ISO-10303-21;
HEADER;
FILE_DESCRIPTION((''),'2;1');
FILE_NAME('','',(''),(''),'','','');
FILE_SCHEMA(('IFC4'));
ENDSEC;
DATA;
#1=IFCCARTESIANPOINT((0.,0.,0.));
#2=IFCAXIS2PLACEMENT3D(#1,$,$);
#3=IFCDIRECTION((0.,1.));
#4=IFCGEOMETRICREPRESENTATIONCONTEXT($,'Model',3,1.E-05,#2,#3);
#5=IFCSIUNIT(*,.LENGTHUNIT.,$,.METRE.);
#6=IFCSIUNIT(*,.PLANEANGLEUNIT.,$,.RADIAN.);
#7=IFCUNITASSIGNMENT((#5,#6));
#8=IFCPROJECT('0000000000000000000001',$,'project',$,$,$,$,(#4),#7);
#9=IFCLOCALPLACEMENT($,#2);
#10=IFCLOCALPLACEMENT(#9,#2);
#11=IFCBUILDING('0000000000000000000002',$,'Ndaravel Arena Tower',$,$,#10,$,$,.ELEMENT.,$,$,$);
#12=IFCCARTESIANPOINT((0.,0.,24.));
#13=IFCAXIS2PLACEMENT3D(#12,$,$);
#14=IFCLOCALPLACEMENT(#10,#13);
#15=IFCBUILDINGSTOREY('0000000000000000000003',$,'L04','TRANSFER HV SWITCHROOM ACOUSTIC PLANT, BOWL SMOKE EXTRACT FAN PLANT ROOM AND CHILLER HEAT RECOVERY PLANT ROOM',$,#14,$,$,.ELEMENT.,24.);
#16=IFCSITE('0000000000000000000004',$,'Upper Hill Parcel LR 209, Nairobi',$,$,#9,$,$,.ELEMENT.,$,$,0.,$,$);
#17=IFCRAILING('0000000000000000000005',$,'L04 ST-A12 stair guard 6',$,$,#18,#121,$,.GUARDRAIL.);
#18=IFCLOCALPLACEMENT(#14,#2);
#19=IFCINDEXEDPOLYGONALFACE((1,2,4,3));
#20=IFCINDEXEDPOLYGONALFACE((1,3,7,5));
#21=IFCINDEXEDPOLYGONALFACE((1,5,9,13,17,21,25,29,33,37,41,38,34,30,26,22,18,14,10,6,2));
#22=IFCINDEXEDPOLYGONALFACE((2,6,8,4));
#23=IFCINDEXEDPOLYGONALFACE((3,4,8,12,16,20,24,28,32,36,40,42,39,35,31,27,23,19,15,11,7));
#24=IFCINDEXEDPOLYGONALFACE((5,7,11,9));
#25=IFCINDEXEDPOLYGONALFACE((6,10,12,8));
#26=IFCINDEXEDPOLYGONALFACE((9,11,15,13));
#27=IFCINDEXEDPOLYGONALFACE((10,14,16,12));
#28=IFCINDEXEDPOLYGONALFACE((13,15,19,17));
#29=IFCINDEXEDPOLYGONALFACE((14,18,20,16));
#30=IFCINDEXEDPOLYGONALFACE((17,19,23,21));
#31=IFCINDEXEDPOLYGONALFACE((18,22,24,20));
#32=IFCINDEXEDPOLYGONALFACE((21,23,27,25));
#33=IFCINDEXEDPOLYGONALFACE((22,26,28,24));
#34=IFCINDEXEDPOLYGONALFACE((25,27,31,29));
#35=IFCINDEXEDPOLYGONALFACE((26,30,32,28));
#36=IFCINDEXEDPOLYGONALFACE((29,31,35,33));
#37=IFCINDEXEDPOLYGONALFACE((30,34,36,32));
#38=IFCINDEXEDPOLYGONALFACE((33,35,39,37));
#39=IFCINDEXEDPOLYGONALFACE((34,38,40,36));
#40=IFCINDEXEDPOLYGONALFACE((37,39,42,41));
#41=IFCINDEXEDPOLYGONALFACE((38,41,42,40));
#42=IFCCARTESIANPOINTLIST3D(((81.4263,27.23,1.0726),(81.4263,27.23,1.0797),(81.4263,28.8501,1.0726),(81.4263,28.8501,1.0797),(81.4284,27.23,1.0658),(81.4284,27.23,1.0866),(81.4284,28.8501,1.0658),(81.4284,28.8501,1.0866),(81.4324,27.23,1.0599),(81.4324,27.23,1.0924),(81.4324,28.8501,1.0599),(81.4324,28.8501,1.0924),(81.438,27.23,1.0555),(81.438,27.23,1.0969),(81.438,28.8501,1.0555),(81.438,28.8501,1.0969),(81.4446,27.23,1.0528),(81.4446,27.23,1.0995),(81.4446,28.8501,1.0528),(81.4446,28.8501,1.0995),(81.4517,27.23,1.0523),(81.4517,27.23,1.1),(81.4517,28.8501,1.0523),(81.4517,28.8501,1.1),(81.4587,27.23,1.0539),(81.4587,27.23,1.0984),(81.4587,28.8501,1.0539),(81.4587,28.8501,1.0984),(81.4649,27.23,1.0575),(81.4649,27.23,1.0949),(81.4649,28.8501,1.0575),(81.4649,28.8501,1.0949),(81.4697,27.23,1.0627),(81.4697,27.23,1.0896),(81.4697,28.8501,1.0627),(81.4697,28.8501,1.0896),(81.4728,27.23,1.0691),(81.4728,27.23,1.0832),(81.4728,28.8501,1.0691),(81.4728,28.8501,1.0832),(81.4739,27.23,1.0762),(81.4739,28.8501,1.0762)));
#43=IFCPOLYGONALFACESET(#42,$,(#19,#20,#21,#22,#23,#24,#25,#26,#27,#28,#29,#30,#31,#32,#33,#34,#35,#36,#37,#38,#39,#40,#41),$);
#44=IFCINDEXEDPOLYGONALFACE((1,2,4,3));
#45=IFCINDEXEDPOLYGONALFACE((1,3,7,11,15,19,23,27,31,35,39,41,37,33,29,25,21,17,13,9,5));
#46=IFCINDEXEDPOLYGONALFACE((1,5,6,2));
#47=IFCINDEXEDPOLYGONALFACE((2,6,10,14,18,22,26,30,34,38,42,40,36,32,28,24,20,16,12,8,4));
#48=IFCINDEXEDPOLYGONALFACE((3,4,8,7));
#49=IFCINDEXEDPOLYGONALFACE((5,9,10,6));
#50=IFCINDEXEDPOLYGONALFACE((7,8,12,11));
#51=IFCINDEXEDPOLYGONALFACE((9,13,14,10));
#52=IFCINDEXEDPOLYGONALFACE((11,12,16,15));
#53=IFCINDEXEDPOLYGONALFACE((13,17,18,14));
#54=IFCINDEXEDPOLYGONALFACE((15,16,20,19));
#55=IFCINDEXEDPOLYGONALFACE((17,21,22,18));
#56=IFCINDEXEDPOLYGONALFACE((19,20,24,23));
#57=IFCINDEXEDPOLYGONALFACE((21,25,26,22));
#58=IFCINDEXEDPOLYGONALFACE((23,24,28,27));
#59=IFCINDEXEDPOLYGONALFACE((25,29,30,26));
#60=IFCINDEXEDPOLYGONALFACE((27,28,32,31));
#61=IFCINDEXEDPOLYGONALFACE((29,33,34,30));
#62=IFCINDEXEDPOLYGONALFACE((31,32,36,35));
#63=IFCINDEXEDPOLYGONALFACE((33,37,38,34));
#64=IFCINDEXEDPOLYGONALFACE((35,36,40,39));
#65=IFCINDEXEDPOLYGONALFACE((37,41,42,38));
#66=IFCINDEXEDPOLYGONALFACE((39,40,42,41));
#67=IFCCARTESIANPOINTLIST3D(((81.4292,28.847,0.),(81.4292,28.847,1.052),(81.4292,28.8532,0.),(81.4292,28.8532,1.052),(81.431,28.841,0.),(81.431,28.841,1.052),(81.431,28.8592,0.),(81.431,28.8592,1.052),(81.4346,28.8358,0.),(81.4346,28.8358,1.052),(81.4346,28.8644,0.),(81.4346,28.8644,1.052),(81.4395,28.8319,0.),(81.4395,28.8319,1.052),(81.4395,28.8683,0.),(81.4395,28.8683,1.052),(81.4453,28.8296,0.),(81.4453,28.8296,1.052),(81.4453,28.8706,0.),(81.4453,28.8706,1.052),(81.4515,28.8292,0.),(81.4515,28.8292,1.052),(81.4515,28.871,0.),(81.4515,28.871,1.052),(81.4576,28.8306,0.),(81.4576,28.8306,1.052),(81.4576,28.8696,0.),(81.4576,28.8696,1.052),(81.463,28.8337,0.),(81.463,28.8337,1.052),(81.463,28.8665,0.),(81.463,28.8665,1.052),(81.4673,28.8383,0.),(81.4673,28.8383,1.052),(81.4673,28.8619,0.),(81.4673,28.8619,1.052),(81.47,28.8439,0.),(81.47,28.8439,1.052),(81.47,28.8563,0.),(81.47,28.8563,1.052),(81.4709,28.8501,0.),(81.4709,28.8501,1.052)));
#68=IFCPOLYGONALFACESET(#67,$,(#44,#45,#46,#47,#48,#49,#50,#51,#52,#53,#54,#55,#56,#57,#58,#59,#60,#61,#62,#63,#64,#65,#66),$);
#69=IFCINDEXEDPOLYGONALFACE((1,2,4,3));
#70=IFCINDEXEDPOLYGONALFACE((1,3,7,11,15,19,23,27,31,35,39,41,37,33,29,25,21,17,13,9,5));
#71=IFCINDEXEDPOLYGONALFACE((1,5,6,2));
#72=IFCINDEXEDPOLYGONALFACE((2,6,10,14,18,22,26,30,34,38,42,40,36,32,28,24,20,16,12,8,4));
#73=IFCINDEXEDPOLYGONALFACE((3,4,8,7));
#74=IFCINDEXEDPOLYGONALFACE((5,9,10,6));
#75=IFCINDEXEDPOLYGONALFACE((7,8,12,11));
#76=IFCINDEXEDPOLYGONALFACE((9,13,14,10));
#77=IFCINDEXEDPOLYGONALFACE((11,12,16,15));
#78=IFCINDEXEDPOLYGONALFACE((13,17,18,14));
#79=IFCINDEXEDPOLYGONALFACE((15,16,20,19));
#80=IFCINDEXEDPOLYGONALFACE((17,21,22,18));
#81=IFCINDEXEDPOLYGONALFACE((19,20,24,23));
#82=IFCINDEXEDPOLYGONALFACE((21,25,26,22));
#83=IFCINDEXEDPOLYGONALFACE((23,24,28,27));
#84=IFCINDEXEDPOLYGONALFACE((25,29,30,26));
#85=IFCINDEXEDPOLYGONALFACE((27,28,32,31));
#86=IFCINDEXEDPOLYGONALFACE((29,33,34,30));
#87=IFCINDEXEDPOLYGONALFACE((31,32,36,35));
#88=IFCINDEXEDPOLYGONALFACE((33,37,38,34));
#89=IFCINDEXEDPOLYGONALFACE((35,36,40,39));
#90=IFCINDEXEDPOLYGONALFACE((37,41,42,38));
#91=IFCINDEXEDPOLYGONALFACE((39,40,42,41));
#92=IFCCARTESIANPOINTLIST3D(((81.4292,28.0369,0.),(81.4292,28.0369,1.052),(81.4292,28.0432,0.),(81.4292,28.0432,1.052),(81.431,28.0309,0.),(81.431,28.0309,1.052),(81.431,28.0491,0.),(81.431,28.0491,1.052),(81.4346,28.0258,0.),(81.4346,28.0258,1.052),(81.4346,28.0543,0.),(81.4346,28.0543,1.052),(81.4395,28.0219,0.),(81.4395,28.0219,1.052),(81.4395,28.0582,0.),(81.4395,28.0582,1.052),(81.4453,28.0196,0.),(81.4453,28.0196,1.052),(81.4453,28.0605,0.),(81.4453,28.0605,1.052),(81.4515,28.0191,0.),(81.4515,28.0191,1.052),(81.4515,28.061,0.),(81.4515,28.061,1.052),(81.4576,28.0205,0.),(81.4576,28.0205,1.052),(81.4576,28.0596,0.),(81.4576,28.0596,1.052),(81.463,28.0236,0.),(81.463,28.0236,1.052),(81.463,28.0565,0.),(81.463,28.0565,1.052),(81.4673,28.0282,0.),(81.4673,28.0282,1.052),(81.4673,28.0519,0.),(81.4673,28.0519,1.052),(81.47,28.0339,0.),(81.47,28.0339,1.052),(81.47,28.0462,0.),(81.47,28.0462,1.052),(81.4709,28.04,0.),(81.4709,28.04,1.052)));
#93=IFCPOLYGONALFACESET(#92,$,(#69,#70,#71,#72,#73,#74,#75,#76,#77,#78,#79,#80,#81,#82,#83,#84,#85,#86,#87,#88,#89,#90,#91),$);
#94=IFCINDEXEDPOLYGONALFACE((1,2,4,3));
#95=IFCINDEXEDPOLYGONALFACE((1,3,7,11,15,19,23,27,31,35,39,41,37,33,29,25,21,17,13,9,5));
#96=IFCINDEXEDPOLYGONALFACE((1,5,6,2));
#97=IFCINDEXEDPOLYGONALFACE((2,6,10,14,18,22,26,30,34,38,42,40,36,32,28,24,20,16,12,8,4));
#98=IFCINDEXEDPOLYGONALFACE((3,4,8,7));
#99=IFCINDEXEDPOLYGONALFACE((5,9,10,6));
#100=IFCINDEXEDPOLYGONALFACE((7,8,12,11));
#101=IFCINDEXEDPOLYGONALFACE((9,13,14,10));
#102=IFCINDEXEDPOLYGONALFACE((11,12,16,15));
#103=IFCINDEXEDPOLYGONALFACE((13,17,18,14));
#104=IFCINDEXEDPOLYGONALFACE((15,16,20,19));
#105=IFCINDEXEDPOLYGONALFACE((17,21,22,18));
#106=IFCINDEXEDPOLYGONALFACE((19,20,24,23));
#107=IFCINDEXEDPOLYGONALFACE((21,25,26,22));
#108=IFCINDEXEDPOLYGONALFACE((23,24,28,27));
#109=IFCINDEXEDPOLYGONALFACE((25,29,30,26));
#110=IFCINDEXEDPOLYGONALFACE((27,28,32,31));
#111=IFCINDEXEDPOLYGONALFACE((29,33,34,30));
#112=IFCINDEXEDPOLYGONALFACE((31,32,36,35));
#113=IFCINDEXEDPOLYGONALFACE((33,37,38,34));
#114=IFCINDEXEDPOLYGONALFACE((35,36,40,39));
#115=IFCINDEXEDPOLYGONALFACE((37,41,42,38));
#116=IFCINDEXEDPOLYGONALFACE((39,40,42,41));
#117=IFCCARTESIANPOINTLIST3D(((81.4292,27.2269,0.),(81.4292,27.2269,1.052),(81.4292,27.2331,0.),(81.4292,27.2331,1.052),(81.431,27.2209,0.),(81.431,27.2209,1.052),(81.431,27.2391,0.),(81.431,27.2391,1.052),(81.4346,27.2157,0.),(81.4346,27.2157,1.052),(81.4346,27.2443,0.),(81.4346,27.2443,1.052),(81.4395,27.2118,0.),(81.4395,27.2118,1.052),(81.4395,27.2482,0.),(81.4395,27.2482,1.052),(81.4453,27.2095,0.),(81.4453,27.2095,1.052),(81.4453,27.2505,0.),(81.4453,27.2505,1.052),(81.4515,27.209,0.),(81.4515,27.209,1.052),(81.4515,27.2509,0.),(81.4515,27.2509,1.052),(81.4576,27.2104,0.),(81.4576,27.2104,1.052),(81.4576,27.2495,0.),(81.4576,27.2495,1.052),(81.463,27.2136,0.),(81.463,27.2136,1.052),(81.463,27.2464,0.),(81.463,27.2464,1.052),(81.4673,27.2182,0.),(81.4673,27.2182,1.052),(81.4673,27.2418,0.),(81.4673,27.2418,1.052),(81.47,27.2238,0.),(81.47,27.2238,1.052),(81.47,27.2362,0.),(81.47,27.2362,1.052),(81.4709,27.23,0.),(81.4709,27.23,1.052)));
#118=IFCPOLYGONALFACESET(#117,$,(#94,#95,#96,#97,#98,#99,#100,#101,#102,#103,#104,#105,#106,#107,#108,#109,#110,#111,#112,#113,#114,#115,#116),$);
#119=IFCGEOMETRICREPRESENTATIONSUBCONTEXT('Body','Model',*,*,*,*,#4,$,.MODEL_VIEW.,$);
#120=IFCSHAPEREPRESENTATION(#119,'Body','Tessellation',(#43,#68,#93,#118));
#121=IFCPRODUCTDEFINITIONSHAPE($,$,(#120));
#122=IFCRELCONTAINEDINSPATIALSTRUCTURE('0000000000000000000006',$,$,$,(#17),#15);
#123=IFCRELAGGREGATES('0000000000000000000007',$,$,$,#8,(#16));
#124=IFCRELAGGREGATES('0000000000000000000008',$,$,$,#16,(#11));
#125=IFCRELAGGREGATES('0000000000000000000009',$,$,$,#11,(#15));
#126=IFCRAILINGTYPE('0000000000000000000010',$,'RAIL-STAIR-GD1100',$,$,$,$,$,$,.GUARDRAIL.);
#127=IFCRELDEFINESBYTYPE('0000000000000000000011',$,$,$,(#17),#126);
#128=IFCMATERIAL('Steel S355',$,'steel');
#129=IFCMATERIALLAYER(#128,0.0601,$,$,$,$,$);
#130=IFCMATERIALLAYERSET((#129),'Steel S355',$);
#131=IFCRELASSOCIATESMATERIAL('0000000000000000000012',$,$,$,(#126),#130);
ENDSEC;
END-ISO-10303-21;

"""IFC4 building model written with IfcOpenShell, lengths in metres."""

from ifc_helpers import new_model, si_unit, direction, frame, origin, origin_2d, place, context, subcontext, project, spatial, circle, extrude, material, layer, layer_set, type_object, element, save


model = new_model("IFC4")

# Units and contexts
model_context = context("Model", 3, precision=1e-05, world=origin(), true_north=direction((0.0, 1.0)))
body_context = subcontext(model_context, "Body", "Model", "MODEL_VIEW")
ifc_project = project(units=[si_unit("LENGTHUNIT", "METRE"), si_unit("PLANEANGLEUNIT", "RADIAN")], contexts=[model_context])

# Site, building, storey
site_placement = place(None, origin())
site = spatial("IfcSite", under=ifc_project, at=site_placement, Name="Upper Hill Parcel LR 209, Nairobi", CompositionType="ELEMENT", RefElevation=0.0)
building_placement = place(site_placement, origin())
building = spatial("IfcBuilding", under=site, at=building_placement, Name="Ndaravel Arena Tower", CompositionType="ELEMENT")
storey_placement = place(building_placement, frame((0.0, 0.0, 24.0)))
storey = spatial("IfcBuildingStorey", under=building, at=storey_placement, Name="L04", Description="TRANSFER HV SWITCHROOM ACOUSTIC PLANT, BOWL SMOKE EXTRACT FAN PLANT ROOM AND CHILLER HEAT RECOVERY PLANT ROOM", CompositionType="ELEMENT", Elevation=24.0)

# Railing
ifc_material_1 = material(Name="Steel S355", Category="steel")
ifc_layer_1 = layer(ifc_material_1, 0.0601)
ifc_layer_set_1 = layer_set([ifc_layer_1], Name="Steel S355")
railing_type_1 = type_object("IfcRailingType", Name="RAIL-STAIR-GD1100", PredefinedType="GUARDRAIL", material=ifc_layer_set_1)
for number, where, name in (
    (1, (81.45, 28.8501, 0.0), "L04 ST-A12 stair guard 6"),
):
    element("IfcRailing", number, at=place(storey_placement, frame(where)), inside=storey, type_object=railing_type_1, Name=name, PredefinedType="GUARDRAIL", context=body_context, shape_type="SweptSolid", body=[
        extrude(circle(Radius=0.0239, at=origin_2d()), frame((0.0, 0.0, 1.0762), z_axis=(0.0, -1.0, 0.0), x_axis=(1.0, 0.0, 0.0)), (0.0, 0.0, 1.0), 1.6201),
        extrude(circle(Radius=0.021, at=origin_2d()), origin(), (0.0, 0.0, 1.0), 1.052),
        extrude(circle(Radius=0.021, at=origin_2d()), frame((0.0, -0.8101, 0.0)), (0.0, 0.0, 1.0), 1.052),
        extrude(circle(Radius=0.021, at=origin_2d()), frame((0.0, -1.6201, 0.0)), (0.0, 0.0, 1.0), 1.052),
    ])

save(model, "model.ifc")
